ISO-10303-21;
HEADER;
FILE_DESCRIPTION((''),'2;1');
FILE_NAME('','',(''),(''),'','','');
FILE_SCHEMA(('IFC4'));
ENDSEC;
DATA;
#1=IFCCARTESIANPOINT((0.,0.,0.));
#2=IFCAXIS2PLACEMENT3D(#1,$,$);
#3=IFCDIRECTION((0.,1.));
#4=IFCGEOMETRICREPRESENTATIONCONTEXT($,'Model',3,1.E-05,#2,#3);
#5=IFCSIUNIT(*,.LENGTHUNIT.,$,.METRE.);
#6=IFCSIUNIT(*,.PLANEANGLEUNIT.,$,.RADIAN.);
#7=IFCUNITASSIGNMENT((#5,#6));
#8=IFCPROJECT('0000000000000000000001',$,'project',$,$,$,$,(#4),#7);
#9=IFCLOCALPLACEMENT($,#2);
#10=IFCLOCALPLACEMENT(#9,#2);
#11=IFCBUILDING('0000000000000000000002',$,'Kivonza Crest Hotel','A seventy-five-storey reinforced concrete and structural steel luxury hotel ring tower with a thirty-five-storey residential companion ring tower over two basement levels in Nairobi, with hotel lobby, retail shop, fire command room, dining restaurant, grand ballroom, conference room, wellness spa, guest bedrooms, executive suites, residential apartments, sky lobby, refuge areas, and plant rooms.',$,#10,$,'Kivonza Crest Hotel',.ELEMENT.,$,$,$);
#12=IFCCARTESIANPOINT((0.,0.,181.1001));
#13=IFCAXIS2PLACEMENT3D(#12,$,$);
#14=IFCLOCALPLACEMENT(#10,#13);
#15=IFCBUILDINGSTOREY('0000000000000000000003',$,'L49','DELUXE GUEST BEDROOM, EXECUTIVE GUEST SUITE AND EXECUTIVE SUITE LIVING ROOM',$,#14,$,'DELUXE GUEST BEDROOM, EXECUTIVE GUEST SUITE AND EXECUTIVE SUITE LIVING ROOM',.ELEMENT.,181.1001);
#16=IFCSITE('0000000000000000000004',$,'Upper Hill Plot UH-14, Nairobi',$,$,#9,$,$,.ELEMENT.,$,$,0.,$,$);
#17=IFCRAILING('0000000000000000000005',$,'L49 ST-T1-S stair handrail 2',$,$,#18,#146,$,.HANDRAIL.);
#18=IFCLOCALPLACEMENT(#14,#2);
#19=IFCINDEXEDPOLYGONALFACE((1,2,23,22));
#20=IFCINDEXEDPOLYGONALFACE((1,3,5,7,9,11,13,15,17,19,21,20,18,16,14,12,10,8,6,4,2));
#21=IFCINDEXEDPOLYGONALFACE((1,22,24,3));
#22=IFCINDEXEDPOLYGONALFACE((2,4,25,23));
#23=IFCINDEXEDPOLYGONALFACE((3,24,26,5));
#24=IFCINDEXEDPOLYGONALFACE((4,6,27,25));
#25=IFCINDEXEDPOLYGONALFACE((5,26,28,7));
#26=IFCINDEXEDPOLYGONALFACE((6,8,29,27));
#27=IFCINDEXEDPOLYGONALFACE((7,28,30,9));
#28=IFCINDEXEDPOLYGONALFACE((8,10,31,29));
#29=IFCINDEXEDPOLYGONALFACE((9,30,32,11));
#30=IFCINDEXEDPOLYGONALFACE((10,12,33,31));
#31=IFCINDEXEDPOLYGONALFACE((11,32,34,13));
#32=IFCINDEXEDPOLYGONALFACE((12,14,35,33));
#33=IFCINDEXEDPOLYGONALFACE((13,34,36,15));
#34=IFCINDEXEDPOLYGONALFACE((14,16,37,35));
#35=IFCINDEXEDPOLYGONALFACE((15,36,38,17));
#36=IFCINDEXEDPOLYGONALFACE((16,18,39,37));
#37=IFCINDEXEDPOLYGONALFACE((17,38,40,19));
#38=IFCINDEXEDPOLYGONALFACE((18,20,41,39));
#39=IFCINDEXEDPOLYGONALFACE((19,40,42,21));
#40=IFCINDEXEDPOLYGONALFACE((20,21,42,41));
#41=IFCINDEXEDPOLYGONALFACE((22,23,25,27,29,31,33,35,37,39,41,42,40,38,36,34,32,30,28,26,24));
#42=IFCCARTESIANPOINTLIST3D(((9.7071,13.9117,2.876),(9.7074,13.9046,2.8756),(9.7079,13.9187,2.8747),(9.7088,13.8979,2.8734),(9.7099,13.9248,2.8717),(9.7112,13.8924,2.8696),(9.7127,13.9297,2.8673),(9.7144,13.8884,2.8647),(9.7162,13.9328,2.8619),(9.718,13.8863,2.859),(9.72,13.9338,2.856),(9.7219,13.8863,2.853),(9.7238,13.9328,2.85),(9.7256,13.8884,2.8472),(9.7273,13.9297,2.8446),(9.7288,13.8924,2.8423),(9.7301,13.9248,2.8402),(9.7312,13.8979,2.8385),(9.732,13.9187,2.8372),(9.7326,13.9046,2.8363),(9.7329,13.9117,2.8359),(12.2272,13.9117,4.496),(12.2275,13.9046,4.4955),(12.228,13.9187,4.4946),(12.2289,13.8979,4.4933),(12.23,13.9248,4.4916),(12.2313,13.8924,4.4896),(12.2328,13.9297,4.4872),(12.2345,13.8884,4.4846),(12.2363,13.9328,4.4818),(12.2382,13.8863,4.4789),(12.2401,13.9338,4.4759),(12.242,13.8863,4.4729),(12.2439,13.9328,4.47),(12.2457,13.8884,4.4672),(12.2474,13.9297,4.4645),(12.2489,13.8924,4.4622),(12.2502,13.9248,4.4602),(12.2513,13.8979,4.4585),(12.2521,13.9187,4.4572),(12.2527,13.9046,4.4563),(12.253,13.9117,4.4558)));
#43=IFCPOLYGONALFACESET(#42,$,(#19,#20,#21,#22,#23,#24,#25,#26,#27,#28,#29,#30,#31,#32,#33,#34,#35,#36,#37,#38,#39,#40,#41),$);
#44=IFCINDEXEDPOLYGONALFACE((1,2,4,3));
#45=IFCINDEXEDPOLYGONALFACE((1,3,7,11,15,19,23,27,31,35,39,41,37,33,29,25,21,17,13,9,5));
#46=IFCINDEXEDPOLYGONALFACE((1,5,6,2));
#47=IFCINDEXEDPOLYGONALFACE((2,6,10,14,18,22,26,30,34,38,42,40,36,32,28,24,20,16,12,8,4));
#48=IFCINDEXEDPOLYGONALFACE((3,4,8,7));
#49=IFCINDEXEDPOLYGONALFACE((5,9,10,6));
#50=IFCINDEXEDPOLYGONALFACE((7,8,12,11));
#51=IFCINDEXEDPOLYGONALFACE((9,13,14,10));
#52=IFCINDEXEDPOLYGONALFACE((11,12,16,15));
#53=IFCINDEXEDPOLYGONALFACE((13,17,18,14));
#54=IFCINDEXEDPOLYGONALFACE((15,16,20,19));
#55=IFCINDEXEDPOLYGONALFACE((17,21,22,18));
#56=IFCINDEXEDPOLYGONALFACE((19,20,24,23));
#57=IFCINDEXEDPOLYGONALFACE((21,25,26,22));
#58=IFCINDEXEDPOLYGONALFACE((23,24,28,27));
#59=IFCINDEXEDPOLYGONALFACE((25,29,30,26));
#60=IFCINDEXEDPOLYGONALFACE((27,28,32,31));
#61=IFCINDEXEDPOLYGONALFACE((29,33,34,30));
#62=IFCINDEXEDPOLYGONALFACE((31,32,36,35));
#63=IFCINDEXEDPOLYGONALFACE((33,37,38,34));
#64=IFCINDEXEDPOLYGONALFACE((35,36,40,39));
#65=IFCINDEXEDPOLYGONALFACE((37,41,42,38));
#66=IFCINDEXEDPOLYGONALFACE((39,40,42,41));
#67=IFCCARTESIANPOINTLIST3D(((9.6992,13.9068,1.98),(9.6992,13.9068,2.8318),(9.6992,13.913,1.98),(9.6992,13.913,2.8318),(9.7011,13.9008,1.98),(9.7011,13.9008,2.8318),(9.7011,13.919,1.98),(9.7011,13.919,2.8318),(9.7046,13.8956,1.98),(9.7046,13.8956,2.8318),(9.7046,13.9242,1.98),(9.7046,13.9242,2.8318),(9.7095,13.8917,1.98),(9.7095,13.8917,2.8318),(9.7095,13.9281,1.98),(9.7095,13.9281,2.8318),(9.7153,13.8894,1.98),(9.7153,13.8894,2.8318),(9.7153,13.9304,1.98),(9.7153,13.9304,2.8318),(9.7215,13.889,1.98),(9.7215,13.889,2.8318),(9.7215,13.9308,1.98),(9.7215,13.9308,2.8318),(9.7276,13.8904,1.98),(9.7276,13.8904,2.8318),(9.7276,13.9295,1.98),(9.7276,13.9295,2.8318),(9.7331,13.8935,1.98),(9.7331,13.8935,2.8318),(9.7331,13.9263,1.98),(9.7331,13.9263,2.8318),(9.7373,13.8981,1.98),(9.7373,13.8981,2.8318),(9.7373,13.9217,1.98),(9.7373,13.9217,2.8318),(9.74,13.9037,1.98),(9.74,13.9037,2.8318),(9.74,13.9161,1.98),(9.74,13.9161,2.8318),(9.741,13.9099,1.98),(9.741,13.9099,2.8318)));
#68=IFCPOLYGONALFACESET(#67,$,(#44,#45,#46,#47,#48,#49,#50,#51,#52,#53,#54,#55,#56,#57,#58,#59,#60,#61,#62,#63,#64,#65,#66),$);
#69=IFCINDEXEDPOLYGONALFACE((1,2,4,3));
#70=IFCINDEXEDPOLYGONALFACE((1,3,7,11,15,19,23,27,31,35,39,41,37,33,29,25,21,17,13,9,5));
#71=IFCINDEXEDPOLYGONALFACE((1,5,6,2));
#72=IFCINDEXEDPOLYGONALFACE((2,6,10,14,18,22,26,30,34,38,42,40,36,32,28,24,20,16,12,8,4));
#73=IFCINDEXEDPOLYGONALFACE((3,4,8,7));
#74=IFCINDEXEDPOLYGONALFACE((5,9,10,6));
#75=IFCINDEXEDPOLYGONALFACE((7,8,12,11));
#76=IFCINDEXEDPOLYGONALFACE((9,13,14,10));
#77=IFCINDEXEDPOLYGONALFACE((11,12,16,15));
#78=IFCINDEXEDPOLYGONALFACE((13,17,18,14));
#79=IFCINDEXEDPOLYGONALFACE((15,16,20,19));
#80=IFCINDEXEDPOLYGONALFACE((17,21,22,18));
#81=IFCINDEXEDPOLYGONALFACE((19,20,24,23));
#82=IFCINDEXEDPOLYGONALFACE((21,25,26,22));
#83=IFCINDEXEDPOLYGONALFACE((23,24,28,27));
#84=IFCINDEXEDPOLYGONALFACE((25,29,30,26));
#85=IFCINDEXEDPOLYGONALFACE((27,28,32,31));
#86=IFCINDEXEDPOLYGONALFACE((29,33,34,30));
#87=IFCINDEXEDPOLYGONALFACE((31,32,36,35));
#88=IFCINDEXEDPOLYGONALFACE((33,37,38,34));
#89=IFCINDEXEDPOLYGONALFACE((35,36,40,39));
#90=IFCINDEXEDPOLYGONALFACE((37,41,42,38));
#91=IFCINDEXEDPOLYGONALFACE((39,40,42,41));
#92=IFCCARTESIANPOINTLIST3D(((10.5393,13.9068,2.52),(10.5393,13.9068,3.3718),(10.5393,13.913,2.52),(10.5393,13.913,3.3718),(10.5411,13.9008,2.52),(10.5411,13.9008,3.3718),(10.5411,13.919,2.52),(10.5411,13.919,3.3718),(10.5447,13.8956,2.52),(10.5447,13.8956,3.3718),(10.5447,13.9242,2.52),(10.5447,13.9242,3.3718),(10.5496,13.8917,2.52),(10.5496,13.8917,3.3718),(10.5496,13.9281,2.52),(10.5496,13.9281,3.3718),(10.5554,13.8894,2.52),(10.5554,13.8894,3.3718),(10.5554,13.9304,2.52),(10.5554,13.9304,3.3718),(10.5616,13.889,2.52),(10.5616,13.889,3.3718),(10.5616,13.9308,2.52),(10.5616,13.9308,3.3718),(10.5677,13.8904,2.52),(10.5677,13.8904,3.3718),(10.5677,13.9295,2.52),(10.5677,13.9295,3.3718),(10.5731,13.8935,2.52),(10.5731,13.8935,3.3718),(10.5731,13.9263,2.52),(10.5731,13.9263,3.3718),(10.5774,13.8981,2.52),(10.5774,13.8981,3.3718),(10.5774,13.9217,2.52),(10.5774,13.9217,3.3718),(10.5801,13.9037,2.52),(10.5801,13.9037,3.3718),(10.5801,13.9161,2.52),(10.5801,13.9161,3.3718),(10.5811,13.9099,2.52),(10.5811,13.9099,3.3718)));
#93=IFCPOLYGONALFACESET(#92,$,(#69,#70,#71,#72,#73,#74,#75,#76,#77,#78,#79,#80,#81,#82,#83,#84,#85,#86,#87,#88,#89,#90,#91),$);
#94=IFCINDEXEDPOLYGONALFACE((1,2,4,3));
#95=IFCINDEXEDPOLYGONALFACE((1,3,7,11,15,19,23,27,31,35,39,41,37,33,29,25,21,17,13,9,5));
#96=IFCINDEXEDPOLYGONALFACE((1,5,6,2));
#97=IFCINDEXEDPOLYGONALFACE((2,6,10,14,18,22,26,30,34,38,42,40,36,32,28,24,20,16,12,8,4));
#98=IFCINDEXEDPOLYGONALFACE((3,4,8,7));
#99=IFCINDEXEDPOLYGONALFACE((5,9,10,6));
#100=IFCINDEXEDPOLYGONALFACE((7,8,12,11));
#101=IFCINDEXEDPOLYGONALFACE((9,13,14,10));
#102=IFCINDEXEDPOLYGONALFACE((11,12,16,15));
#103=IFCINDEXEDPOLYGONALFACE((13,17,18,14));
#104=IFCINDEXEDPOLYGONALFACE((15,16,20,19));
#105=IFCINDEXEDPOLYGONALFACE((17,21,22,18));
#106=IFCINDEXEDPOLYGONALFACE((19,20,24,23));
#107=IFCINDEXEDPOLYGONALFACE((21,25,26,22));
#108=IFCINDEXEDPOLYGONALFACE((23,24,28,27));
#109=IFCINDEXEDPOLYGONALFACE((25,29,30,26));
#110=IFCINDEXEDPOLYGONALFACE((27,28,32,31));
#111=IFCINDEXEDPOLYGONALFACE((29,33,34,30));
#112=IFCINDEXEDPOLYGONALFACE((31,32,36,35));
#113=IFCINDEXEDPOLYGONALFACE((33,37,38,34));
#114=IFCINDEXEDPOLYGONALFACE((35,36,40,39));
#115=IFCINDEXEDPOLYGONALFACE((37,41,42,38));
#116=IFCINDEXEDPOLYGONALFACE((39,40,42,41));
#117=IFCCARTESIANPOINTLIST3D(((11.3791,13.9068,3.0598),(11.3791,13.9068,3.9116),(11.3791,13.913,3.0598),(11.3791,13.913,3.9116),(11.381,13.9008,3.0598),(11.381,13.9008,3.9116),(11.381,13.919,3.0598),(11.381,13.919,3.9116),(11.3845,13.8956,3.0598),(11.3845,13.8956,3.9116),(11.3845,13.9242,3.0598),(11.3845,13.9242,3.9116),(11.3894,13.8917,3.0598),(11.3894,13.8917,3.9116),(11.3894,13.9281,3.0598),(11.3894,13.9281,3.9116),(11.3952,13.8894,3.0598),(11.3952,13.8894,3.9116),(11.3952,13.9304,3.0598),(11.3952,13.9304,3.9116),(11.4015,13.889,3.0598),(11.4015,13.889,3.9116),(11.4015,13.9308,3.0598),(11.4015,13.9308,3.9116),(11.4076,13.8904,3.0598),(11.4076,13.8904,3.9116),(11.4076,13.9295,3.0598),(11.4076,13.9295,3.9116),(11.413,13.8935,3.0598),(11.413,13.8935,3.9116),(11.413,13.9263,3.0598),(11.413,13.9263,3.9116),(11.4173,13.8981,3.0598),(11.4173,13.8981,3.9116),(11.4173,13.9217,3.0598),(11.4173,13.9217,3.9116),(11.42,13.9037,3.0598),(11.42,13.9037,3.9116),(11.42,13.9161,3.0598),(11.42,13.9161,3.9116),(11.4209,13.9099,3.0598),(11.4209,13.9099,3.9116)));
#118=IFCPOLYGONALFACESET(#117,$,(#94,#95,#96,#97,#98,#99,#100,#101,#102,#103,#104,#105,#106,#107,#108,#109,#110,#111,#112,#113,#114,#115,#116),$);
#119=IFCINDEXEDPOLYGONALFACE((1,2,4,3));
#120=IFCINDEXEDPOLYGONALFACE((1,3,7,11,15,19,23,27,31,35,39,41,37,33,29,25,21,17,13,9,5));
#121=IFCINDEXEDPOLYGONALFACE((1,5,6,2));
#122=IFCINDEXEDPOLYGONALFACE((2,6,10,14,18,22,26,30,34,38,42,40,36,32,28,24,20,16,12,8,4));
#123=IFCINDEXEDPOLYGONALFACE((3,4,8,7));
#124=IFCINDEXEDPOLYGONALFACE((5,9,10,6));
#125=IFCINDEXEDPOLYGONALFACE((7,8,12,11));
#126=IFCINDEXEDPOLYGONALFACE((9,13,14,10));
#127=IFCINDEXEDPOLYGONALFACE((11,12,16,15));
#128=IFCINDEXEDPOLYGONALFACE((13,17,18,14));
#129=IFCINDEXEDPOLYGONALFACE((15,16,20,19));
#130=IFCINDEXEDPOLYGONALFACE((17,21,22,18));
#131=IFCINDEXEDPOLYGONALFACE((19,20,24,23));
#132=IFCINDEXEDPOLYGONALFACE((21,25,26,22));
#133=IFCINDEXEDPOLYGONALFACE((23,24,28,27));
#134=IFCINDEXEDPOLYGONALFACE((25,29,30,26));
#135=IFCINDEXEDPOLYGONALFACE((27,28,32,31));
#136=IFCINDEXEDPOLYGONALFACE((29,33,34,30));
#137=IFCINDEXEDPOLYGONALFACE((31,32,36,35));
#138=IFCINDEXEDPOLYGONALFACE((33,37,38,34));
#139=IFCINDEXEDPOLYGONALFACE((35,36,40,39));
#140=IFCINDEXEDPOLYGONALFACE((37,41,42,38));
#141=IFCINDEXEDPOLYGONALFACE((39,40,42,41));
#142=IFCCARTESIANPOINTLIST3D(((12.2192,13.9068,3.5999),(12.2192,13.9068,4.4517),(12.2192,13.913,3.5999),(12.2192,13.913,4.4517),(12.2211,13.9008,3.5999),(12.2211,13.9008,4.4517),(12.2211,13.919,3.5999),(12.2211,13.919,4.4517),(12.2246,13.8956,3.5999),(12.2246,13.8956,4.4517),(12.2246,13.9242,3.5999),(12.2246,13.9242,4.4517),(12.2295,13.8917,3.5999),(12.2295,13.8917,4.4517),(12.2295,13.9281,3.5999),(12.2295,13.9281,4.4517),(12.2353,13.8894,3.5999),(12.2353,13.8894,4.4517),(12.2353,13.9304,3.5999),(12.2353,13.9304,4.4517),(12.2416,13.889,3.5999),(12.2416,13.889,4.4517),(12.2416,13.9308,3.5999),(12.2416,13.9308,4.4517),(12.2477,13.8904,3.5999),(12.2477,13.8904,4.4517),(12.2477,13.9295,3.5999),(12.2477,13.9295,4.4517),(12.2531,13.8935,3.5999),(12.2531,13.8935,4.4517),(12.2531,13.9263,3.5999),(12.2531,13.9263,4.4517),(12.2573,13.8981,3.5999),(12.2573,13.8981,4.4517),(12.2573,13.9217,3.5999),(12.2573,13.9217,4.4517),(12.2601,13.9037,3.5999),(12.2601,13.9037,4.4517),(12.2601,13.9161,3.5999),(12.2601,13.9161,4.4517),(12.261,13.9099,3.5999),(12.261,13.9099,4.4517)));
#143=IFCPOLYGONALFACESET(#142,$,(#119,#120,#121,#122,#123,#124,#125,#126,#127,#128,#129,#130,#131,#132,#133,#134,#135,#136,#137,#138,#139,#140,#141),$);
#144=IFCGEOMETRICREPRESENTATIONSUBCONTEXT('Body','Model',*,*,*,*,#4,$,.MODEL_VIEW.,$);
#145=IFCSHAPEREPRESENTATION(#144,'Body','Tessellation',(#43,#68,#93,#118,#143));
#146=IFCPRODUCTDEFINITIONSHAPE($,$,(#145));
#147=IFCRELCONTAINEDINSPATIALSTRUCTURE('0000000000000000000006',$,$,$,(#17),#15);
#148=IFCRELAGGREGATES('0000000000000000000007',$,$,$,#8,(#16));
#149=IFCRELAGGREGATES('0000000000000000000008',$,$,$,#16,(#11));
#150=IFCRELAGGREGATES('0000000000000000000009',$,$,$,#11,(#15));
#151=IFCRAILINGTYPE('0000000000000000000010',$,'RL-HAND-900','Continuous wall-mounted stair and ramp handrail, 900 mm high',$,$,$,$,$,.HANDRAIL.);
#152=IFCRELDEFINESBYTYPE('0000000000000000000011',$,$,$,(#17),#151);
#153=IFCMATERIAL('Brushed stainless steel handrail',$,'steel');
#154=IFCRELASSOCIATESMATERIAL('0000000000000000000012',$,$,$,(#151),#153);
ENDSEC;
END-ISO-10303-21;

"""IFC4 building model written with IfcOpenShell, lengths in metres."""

from ifc_helpers import new_model, si_unit, direction, frame, origin, origin_2d, place, context, subcontext, project, spatial, circle, extrude, material, type_object, element, save


model = new_model("IFC4")

# Units and contexts
model_context = context("Model", 3, precision=1e-05, world=origin(), true_north=direction((0.0, 1.0)))
body_context = subcontext(model_context, "Body", "Model", "MODEL_VIEW")
ifc_project = project(units=[si_unit("LENGTHUNIT", "METRE"), si_unit("PLANEANGLEUNIT", "RADIAN")], contexts=[model_context])

# Site, building, storey
site_placement = place(None, origin())
site = spatial("IfcSite", under=ifc_project, at=site_placement, Name="Upper Hill Plot UH-14, Nairobi", CompositionType="ELEMENT", RefElevation=0.0)
building_placement = place(site_placement, origin())
building = spatial("IfcBuilding", under=site, at=building_placement, Name="Kivonza Crest Hotel", Description="A seventy-five-storey reinforced concrete and structural steel luxury hotel ring tower with a thirty-five-storey residential companion ring tower over two basement levels in Nairobi, with hotel lobby, retail shop, fire command room, dining restaurant, grand ballroom, conference room, wellness spa, guest bedrooms, executive suites, residential apartments, sky lobby, refuge areas, and plant rooms.", LongName="Kivonza Crest Hotel", CompositionType="ELEMENT")
storey_placement = place(building_placement, frame((0.0, 0.0, 181.1001)))
storey = spatial("IfcBuildingStorey", under=building, at=storey_placement, Name="L49", Description="DELUXE GUEST BEDROOM, EXECUTIVE GUEST SUITE AND EXECUTIVE SUITE LIVING ROOM", LongName="DELUXE GUEST BEDROOM, EXECUTIVE GUEST SUITE AND EXECUTIVE SUITE LIVING ROOM", CompositionType="ELEMENT", Elevation=181.1001)

# Railing
ifc_material_1 = material(Name="Brushed stainless steel handrail", Category="steel")
railing_type_1 = type_object("IfcRailingType", Name="RL-HAND-900", Description="Continuous wall-mounted stair and ramp handrail, 900 mm high", PredefinedType="HANDRAIL", material=ifc_material_1)
railing_1_placement = place(storey_placement, frame((9.72, 13.9099, 1.98)))
element("IfcRailing", 1, at=railing_1_placement, inside=storey, type_object=railing_type_1, Name="L49 ST-T1-S stair handrail 2", PredefinedType="HANDRAIL", context=body_context, shape_type="SweptSolid", body=[
    extrude(circle(Radius=0.0239, at=origin_2d()), frame((0.0, 0.0, 0.876), z_axis=(0.8412, 0.0, 0.540725), x_axis=(0.0, 1.0, 0.0)), (0.0, 0.0, 1.0), 2.9958),
    extrude(circle(Radius=0.021, at=origin_2d()), origin(), (0.0, 0.0, 1.0), 0.8518),
    extrude(circle(Radius=0.021, at=origin_2d()), frame((0.8401, 0.0, 0.54)), (0.0, 0.0, 1.0), 0.8518),
    extrude(circle(Radius=0.021, at=origin_2d()), frame((1.6799, 0.0, 1.0798)), (0.0, 0.0, 1.0), 0.8518),
    extrude(circle(Radius=0.021, at=origin_2d()), frame((2.52, 0.0, 1.6199)), (0.0, 0.0, 1.0), 0.8518),
])

save(model, "model.ifc")
